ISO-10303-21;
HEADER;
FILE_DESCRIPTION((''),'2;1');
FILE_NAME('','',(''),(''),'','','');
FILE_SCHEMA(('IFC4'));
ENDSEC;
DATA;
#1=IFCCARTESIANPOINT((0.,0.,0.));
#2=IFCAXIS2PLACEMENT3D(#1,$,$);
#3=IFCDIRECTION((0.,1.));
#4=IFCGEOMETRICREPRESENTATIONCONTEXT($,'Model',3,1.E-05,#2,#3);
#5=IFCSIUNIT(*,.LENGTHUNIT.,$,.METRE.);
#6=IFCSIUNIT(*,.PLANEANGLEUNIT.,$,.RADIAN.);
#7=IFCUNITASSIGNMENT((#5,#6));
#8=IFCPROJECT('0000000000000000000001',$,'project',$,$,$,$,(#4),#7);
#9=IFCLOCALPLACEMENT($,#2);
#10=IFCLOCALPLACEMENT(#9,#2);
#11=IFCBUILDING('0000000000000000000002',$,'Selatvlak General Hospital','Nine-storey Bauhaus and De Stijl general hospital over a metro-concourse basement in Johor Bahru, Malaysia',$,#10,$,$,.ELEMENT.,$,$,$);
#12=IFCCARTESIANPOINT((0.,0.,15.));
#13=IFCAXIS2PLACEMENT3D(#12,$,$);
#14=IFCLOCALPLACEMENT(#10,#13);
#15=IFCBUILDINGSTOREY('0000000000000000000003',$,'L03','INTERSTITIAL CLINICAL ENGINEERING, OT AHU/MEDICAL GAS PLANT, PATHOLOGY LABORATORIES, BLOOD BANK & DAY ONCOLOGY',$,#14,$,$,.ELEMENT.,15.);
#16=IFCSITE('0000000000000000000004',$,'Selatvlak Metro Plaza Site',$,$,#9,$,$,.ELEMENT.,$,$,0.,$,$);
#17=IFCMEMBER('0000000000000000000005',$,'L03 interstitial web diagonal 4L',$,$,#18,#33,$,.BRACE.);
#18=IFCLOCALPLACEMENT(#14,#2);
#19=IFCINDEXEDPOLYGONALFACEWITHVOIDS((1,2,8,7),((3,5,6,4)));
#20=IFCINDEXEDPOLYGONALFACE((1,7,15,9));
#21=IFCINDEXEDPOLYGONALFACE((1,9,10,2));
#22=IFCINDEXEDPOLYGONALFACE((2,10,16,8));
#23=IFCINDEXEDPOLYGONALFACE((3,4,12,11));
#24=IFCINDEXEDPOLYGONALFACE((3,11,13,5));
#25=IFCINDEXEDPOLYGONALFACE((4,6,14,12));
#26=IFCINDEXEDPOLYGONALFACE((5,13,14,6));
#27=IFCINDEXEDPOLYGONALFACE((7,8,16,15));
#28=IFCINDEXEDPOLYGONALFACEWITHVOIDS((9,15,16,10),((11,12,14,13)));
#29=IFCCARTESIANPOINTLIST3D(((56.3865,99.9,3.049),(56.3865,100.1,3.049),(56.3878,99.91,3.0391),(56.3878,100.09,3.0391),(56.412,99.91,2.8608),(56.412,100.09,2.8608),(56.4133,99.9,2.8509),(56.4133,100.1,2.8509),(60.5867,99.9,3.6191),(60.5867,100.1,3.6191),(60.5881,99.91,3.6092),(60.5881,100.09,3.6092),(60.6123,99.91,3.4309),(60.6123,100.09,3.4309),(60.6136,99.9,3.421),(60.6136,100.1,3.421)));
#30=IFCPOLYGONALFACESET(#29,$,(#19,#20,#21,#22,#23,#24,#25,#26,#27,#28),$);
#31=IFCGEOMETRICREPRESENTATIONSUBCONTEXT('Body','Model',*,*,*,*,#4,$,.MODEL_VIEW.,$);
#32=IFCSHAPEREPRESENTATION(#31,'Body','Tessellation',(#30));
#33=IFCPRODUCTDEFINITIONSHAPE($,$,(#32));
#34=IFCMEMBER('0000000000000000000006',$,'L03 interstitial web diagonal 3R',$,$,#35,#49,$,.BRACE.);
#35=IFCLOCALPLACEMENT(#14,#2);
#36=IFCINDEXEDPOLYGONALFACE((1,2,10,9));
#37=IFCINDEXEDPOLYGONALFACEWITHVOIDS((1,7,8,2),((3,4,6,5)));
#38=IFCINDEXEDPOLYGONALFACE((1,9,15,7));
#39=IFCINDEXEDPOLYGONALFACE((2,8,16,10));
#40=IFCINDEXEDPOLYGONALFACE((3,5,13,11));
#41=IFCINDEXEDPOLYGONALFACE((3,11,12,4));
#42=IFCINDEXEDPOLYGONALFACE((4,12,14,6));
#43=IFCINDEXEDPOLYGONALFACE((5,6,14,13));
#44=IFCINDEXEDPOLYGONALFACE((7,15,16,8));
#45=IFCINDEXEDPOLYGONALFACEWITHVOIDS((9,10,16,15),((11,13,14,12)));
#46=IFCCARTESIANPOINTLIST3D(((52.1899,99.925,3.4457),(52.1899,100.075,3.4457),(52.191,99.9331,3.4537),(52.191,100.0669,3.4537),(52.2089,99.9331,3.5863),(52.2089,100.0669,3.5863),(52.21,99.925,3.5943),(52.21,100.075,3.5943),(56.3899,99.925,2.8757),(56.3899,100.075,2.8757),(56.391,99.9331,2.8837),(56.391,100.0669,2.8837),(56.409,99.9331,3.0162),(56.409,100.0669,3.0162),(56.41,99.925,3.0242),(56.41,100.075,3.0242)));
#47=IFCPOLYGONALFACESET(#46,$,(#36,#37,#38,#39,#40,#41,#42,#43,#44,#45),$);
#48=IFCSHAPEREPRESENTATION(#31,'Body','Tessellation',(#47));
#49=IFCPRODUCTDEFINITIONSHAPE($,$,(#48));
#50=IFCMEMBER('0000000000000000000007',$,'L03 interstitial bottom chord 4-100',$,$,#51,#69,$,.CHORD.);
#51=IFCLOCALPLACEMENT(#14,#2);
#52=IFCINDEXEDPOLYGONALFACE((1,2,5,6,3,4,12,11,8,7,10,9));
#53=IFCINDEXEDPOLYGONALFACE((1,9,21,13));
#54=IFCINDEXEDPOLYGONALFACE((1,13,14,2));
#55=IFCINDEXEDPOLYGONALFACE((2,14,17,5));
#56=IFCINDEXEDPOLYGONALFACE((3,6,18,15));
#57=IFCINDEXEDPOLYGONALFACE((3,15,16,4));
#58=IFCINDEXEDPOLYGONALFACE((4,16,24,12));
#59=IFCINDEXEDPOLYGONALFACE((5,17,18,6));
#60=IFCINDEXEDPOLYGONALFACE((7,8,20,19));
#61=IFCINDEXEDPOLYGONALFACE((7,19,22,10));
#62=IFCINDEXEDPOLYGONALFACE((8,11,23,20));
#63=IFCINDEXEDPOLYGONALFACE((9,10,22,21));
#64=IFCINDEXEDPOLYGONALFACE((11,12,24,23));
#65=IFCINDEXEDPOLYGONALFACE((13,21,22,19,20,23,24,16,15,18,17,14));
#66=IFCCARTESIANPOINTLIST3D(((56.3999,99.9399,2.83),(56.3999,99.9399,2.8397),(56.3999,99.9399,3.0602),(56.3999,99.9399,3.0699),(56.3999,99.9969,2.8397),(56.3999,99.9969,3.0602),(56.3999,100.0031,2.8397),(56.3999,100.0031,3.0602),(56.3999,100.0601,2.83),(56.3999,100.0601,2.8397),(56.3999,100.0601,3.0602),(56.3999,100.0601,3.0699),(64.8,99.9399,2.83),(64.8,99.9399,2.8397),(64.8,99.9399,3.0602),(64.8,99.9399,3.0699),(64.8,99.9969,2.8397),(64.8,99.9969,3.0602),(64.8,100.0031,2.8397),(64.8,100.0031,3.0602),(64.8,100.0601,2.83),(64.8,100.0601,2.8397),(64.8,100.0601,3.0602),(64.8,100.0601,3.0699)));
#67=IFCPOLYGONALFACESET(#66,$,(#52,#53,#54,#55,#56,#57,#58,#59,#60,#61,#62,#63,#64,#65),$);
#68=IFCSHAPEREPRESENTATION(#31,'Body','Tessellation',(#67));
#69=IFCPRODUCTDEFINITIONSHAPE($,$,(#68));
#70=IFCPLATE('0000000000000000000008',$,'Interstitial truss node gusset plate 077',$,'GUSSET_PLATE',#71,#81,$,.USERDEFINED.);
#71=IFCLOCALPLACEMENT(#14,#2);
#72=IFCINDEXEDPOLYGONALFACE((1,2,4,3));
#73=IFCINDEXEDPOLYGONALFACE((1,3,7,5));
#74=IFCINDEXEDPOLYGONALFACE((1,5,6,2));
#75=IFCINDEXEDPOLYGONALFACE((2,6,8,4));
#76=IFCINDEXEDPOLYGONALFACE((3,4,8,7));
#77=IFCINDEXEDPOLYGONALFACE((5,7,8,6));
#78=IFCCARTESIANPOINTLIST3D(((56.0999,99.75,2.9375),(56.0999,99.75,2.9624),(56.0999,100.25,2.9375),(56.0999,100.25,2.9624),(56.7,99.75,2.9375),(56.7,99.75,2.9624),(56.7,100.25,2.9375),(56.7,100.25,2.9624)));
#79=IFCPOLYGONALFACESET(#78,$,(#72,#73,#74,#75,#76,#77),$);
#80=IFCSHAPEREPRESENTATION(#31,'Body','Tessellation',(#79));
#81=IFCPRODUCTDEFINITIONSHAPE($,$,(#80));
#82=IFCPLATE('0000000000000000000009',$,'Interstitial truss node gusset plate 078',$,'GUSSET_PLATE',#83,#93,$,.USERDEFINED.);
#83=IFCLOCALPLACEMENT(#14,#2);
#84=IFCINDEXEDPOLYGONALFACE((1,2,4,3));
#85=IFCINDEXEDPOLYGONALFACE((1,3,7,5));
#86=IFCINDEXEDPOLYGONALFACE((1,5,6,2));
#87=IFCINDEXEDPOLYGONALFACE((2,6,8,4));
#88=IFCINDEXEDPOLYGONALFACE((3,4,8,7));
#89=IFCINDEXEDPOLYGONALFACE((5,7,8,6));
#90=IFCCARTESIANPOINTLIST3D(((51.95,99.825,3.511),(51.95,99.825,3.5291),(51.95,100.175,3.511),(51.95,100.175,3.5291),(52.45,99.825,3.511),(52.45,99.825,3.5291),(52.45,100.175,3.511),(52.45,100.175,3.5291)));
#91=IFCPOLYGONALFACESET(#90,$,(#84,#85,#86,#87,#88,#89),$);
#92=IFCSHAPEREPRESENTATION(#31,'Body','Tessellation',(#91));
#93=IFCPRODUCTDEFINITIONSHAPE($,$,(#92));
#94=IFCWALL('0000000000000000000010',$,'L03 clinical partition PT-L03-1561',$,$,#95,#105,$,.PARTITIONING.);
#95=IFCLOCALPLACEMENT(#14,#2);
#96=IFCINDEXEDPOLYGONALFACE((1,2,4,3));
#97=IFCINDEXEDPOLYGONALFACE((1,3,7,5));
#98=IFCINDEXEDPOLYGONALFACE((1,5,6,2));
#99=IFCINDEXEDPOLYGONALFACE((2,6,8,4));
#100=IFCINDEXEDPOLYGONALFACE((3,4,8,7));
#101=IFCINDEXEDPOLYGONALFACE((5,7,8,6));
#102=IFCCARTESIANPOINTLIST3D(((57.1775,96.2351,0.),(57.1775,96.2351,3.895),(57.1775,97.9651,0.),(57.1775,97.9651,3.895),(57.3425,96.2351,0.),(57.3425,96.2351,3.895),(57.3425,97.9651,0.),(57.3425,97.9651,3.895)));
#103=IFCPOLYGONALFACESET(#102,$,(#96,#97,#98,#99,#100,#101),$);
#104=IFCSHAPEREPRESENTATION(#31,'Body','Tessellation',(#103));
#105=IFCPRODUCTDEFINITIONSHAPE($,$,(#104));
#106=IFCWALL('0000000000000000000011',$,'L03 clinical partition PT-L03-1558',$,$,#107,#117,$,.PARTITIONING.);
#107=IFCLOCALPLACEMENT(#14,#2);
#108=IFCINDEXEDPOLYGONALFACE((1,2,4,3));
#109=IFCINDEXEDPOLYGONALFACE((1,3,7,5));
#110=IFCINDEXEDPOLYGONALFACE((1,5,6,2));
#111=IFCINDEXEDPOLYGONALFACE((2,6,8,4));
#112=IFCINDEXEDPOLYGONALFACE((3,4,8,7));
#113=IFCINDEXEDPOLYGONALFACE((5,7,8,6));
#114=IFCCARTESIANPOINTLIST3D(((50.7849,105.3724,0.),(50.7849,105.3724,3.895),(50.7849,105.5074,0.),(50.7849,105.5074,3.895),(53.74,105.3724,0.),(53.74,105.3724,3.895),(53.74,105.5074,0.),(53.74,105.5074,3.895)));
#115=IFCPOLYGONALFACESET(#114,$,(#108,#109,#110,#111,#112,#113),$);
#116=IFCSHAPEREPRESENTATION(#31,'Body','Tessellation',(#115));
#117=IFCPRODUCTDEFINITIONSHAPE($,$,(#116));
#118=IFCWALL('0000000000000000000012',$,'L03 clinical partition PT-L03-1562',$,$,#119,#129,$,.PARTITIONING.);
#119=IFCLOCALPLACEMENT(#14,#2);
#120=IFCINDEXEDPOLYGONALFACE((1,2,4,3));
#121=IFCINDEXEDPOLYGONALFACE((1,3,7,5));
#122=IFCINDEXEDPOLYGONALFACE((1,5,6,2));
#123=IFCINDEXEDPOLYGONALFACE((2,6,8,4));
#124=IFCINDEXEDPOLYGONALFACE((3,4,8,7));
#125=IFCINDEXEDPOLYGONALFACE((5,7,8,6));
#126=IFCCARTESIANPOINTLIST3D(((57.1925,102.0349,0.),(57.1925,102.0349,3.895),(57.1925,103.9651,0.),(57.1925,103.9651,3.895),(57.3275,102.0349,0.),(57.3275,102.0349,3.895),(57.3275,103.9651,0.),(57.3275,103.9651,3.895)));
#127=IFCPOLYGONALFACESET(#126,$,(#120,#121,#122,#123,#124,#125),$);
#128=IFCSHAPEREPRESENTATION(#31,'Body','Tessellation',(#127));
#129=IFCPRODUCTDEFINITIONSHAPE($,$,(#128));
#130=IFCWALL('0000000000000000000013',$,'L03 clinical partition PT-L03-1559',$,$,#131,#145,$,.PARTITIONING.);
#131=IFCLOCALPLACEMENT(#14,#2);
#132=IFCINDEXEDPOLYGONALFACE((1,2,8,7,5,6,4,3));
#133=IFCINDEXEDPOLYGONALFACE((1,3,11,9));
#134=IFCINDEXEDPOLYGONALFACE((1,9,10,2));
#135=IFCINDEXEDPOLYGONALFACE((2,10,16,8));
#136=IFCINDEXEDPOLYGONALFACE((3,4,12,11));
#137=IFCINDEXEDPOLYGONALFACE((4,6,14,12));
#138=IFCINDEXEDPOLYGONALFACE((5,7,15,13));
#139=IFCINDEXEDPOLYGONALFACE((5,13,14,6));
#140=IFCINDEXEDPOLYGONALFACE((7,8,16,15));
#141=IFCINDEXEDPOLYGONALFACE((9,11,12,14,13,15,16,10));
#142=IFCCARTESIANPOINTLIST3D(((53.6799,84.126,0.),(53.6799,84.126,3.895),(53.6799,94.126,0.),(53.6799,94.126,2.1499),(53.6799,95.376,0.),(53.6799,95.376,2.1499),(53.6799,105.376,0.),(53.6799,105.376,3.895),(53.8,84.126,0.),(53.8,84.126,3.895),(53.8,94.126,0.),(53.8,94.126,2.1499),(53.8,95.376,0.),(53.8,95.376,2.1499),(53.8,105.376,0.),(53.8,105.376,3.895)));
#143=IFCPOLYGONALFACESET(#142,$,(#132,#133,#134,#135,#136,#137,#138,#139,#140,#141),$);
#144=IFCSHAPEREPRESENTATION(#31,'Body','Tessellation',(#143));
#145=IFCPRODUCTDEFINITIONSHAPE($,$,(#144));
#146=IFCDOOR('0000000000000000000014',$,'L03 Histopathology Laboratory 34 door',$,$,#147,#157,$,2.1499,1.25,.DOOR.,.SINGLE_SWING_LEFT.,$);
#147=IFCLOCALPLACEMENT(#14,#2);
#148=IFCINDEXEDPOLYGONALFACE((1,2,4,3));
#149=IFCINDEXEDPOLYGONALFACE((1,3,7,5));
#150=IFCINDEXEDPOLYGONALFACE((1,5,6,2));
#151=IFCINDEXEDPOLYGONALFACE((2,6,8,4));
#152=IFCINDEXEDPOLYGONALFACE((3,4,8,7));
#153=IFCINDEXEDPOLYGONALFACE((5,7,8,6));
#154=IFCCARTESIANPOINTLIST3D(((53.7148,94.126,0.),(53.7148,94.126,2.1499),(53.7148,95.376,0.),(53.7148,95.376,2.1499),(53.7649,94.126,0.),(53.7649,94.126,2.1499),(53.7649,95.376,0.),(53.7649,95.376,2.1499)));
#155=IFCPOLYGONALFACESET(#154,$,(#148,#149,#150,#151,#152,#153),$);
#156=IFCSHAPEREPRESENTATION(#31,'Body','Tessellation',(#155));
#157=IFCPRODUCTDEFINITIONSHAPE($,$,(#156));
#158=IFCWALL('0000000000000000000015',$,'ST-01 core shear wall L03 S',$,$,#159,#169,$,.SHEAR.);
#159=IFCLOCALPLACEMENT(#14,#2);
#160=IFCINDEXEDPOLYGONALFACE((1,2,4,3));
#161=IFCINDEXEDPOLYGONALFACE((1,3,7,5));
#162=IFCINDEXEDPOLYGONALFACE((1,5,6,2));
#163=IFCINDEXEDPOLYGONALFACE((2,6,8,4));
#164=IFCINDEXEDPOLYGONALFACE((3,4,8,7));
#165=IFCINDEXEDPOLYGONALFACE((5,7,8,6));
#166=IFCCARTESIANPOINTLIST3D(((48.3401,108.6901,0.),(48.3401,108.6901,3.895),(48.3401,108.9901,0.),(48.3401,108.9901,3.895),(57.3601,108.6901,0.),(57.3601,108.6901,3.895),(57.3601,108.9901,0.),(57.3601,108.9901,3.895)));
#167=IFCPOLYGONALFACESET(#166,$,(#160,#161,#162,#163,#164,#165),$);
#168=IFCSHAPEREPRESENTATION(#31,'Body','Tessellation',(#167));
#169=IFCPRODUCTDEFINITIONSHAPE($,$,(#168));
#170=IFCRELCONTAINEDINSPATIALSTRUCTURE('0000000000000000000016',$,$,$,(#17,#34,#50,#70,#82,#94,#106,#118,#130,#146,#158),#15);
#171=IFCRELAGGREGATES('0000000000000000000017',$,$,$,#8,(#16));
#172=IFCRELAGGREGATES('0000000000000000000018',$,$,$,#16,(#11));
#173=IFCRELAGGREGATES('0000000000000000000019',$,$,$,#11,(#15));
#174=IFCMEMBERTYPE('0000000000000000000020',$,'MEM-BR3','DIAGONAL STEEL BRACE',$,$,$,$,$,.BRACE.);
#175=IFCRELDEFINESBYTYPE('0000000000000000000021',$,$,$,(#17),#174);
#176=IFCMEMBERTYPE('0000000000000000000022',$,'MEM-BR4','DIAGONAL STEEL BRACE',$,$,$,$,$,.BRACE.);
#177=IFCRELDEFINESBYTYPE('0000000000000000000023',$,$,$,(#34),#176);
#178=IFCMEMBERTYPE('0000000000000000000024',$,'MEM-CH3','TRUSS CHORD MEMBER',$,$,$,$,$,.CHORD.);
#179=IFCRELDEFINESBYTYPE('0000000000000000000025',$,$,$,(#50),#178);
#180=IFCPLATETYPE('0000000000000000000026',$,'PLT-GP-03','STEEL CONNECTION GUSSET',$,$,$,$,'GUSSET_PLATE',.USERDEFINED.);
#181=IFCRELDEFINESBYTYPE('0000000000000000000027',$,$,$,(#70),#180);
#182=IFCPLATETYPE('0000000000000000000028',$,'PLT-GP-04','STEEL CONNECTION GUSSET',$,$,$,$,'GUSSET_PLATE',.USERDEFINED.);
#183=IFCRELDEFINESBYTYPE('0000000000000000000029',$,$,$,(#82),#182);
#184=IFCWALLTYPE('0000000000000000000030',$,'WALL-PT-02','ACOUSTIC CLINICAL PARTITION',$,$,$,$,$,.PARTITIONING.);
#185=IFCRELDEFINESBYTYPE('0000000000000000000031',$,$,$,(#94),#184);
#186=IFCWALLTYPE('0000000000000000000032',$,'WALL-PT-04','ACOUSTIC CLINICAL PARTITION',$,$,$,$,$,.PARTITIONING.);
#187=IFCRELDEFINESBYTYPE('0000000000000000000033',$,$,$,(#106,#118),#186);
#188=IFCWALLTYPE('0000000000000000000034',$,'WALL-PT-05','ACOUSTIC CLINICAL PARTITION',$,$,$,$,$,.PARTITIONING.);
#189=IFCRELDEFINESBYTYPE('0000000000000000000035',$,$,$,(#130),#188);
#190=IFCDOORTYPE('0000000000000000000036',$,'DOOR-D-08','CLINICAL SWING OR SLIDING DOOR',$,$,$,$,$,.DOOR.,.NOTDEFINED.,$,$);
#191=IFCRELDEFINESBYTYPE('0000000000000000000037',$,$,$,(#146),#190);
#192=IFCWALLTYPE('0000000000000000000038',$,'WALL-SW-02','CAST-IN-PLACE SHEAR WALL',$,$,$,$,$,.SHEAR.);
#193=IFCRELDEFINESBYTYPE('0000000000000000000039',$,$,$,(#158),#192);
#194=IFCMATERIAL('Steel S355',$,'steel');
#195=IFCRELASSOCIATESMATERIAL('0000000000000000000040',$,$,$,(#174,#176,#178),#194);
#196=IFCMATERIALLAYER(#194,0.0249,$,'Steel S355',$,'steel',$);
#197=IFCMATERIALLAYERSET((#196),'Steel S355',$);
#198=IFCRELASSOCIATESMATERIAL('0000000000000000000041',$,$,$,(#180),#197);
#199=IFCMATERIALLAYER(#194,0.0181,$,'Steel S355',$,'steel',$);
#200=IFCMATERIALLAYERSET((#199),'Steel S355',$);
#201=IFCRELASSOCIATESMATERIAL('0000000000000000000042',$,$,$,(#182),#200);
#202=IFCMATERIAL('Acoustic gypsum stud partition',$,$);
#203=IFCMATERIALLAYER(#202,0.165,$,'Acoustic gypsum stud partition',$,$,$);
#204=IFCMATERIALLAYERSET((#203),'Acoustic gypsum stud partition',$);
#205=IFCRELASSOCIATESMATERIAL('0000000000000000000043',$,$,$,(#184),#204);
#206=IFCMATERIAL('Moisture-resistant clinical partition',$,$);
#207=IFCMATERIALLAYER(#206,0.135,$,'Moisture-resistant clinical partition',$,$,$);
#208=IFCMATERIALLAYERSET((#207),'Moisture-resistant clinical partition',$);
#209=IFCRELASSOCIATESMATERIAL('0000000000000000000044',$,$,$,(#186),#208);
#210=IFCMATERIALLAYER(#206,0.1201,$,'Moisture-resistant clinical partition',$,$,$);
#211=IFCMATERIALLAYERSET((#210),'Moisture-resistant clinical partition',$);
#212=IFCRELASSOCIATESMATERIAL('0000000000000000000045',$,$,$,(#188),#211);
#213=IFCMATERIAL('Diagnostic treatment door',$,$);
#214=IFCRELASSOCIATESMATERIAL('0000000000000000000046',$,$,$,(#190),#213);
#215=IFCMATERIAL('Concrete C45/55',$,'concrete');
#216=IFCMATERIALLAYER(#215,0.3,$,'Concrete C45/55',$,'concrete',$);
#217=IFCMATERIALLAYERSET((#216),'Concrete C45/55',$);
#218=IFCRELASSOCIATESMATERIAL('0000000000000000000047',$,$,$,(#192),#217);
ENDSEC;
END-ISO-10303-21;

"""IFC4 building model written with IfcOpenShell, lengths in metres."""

from ifc_helpers import new_model, si_unit, direction, frame, frame_2d, origin, origin_2d, place, context, subcontext, project, spatial, rectangle, hollow_rectangle, i_section, extrude, material, layer, layer_set, material_profile, profile_set, type_object, element, fill, save


model = new_model("IFC4")

# Units and contexts
model_context = context("Model", 3, precision=1e-05, world=origin(), true_north=direction((0.0, 1.0)))
body_context = subcontext(model_context, "Body", "Model", "MODEL_VIEW")
ifc_project = project(units=[si_unit("LENGTHUNIT", "METRE"), si_unit("PLANEANGLEUNIT", "RADIAN")], contexts=[model_context])

# Site, building, storey
site_placement = place(None, origin())
site = spatial("IfcSite", under=ifc_project, at=site_placement, Name="Selatvlak Metro Plaza Site", CompositionType="ELEMENT", RefElevation=0.0)
building_placement = place(site_placement, origin())
building = spatial("IfcBuilding", under=site, at=building_placement, Name="Selatvlak General Hospital", Description="Nine-storey Bauhaus and De Stijl general hospital over a metro-concourse basement in Johor Bahru, Malaysia", CompositionType="ELEMENT")
storey_placement = place(building_placement, frame((0.0, 0.0, 15.0)))
storey = spatial("IfcBuildingStorey", under=building, at=storey_placement, Name="L03", Description="INTERSTITIAL CLINICAL ENGINEERING, OT AHU/MEDICAL GAS PLANT, PATHOLOGY LABORATORIES, BLOOD BANK & DAY ONCOLOGY", CompositionType="ELEMENT", Elevation=15.0)

# Members
ifc_material_1 = material(Name="Steel S355", Category="steel")
ifc_material_profile_1 = material_profile(ifc_material_1, hollow_rectangle(XDim=0.2, YDim=0.2, WallThickness=0.01, at=origin_2d()), Name="SHS 200x200x10")
ifc_profile_set_1 = profile_set([ifc_material_profile_1], Name="Steel S355")
member_type_1 = type_object("IfcMemberType", Name="MEM-BR3", Description="DIAGONAL STEEL BRACE", PredefinedType="BRACE", material=ifc_profile_set_1)
member_1_placement = place(storey_placement, frame((56.3999, 100.0, 2.95), z_axis=(0.990915, 0.0, 0.134491), x_axis=(0.0, 1.0, 0.0)))
element("IfcMember", 1, at=member_1_placement, inside=storey, type_object=member_type_1, Name="L03 interstitial web diagonal 4L", PredefinedType="BRACE", context=body_context, shape_type="SweptSolid", body=[
    extrude(hollow_rectangle(XDim=0.2, YDim=0.2, WallThickness=0.01, at=origin_2d()), origin(), (0.0, 0.0, 1.0), 4.2388),
])
ifc_material_profile_2 = material_profile(ifc_material_1, hollow_rectangle(XDim=0.1499, YDim=0.1499, WallThickness=0.0081, at=origin_2d()), Name="SHS 150x150x8")
ifc_profile_set_2 = profile_set([ifc_material_profile_2], Name="Steel S355")
member_type_2 = type_object("IfcMemberType", Name="MEM-BR4", Description="DIAGONAL STEEL BRACE", PredefinedType="BRACE", material=ifc_profile_set_2)
member_2_placement = place(storey_placement, frame((52.2, 100.0, 3.52), z_axis=(0.990914, 0.0, -0.134499), x_axis=(0.0, 1.0, 0.0)))
element("IfcMember", 2, at=member_2_placement, inside=storey, type_object=member_type_2, Name="L03 interstitial web diagonal 3R", PredefinedType="BRACE", context=body_context, shape_type="SweptSolid", body=[
    extrude(hollow_rectangle(XDim=0.1499, YDim=0.1499, WallThickness=0.0081, at=origin_2d()), origin(), (0.0, 0.0, 1.0), 4.2385),
])
ifc_material_profile_3 = material_profile(ifc_material_1, i_section(OverallWidth=0.1201, OverallDepth=0.24, WebThickness=0.0061, FlangeThickness=0.0098, at=origin_2d()), Name="IPE 240")
ifc_profile_set_3 = profile_set([ifc_material_profile_3], Name="Steel S355")
member_type_3 = type_object("IfcMemberType", Name="MEM-CH3", Description="TRUSS CHORD MEMBER", PredefinedType="CHORD", material=ifc_profile_set_3)
member_3_placement = place(storey_placement, frame((56.3999, 100.0, 2.95), z_axis=(1.0, 0.0, 0.0), x_axis=(0.0, 1.0, 0.0)))
element("IfcMember", 3, at=member_3_placement, inside=storey, type_object=member_type_3, Name="L03 interstitial bottom chord 4-100", PredefinedType="CHORD", context=body_context, shape_type="SweptSolid", body=[
    extrude(i_section(OverallWidth=0.1201, OverallDepth=0.24, WebThickness=0.0061, FlangeThickness=0.0098, at=origin_2d()), origin(), (0.0, 0.0, 1.0), 8.4001),
])

# Plates
ifc_layer_1 = layer(ifc_material_1, 0.0249, Name="Steel S355", Category="steel")
ifc_layer_set_1 = layer_set([ifc_layer_1], Name="Steel S355")
plate_type_1 = type_object("IfcPlateType", Name="PLT-GP-03", Description="STEEL CONNECTION GUSSET", ElementType="GUSSET_PLATE", PredefinedType="USERDEFINED", material=ifc_layer_set_1)
plate_1_placement = place(storey_placement, frame((56.3999, 100.0, 2.9375), z_axis=(0.0, 0.0, 1.0), x_axis=(1.0, 0.0, 0.0)))
element("IfcPlate", 4, at=plate_1_placement, inside=storey, type_object=plate_type_1, Name="Interstitial truss node gusset plate 077", ObjectType="GUSSET_PLATE", PredefinedType="USERDEFINED", context=body_context, shape_type="SweptSolid", body=[
    extrude(rectangle(XDim=0.6001, YDim=0.5, at=origin_2d()), origin(), (0.0, 0.0, 1.0), 0.0249),
])
ifc_layer_2 = layer(ifc_material_1, 0.0181, Name="Steel S355", Category="steel")
ifc_layer_set_2 = layer_set([ifc_layer_2], Name="Steel S355")
plate_type_2 = type_object("IfcPlateType", Name="PLT-GP-04", Description="STEEL CONNECTION GUSSET", ElementType="GUSSET_PLATE", PredefinedType="USERDEFINED", material=ifc_layer_set_2)
plate_2_placement = place(storey_placement, frame((52.2, 100.0, 3.511), z_axis=(0.0, 0.0, 1.0), x_axis=(1.0, 0.0, 0.0)))
element("IfcPlate", 5, at=plate_2_placement, inside=storey, type_object=plate_type_2, Name="Interstitial truss node gusset plate 078", ObjectType="GUSSET_PLATE", PredefinedType="USERDEFINED", context=body_context, shape_type="SweptSolid", body=[
    extrude(rectangle(XDim=0.5, YDim=0.3501, at=origin_2d()), origin(), (0.0, 0.0, 1.0), 0.0181),
])

# Shared definitions
ifc_material_2 = material(Name="Acoustic gypsum stud partition")

# Walls
ifc_layer_3 = layer(ifc_material_2, 0.165, Name="Acoustic gypsum stud partition")
ifc_layer_set_3 = layer_set([ifc_layer_3], Name="Acoustic gypsum stud partition")
wall_type_1 = type_object("IfcWallType", Name="WALL-PT-02", Description="ACOUSTIC CLINICAL PARTITION", PredefinedType="PARTITIONING", material=ifc_layer_set_3)
wall_1_placement = place(storey_placement, frame((57.26, 96.2351, 0.0), z_axis=(0.0, 0.0, 1.0), x_axis=(0.0, 1.0, 0.0)))
element("IfcWall", 6, at=wall_1_placement, inside=storey, type_object=wall_type_1, Name="L03 clinical partition PT-L03-1561", PredefinedType="PARTITIONING", context=body_context, shape_type="SweptSolid", body=[
    extrude(rectangle(XDim=1.73, YDim=0.165, at=frame_2d((0.865, 0.0))), origin(), (0.0, 0.0, 1.0), 3.895),
])
ifc_material_3 = material(Name="Moisture-resistant clinical partition")
ifc_layer_4 = layer(ifc_material_3, 0.135, Name="Moisture-resistant clinical partition")
ifc_layer_set_4 = layer_set([ifc_layer_4], Name="Moisture-resistant clinical partition")
wall_type_2 = type_object("IfcWallType", Name="WALL-PT-04", Description="ACOUSTIC CLINICAL PARTITION", PredefinedType="PARTITIONING", material=ifc_layer_set_4)
wall_2_placement = place(storey_placement, frame((50.7849, 105.4399, 0.0), z_axis=(0.0, 0.0, 1.0), x_axis=(1.0, 0.0, 0.0)))
element("IfcWall", 7, at=wall_2_placement, inside=storey, type_object=wall_type_2, Name="L03 clinical partition PT-L03-1558", PredefinedType="PARTITIONING", context=body_context, shape_type="SweptSolid", body=[
    extrude(rectangle(XDim=2.9551, YDim=0.135, at=frame_2d((1.4775, 0.0))), origin(), (0.0, 0.0, 1.0), 3.895),
])
wall_3_placement = place(storey_placement, frame((57.26, 102.0349, 0.0), z_axis=(0.0, 0.0, 1.0), x_axis=(0.0, 1.0, 0.0)))
element("IfcWall", 8, at=wall_3_placement, inside=storey, type_object=wall_type_2, Name="L03 clinical partition PT-L03-1562", PredefinedType="PARTITIONING", context=body_context, shape_type="SweptSolid", body=[
    extrude(rectangle(XDim=1.9302, YDim=0.135, at=frame_2d((0.9651, 0.0))), origin(), (0.0, 0.0, 1.0), 3.895),
])

# Wall, opening, door
ifc_layer_5 = layer(ifc_material_3, 0.1201, Name="Moisture-resistant clinical partition")
ifc_layer_set_5 = layer_set([ifc_layer_5], Name="Moisture-resistant clinical partition")
wall_type_3 = type_object("IfcWallType", Name="WALL-PT-05", Description="ACOUSTIC CLINICAL PARTITION", PredefinedType="PARTITIONING", material=ifc_layer_set_5)
wall_4_placement = place(storey_placement, frame((53.74, 105.376, 0.0), z_axis=(0.0, 0.0, 1.0), x_axis=(0.0, -1.0, 0.0)))
wall_4 = element("IfcWall", 9, at=wall_4_placement, inside=storey, type_object=wall_type_3, Name="L03 clinical partition PT-L03-1559", PredefinedType="PARTITIONING", context=body_context, shape_type="SweptSolid", body=[
    extrude(rectangle(XDim=21.25, YDim=0.1201, at=frame_2d((10.625, 0.0))), origin(), (0.0, 0.0, 1.0), 3.895),
])
opening_1_placement = place(wall_4_placement, frame((10.0, 0.0, 0.0)))
opening_1 = element("IfcOpeningElement", 10, at=opening_1_placement, cuts=wall_4, PredefinedType="OPENING", context=body_context, shape_type="SweptSolid", body=[
    extrude(rectangle(XDim=1.25, YDim=2.1499, at=frame_2d((0.625, 1.075))), frame((0.0, 0.0701, 0.0), z_axis=(0.0, -1.0, 0.0), x_axis=(1.0, 0.0, 0.0)), (0.0, 0.0, 1.0), 0.1401),
])
ifc_material_4 = material(Name="Diagnostic treatment door")
door_type_1 = type_object("IfcDoorType", Name="DOOR-D-08", Description="CLINICAL SWING OR SLIDING DOOR", OperationType="NOTDEFINED", PredefinedType="DOOR", material=ifc_material_4)
door_1_placement = place(opening_1_placement, origin())
door_1 = element("IfcDoor", 11, at=door_1_placement, inside=storey, type_object=door_type_1, Name="L03 Histopathology Laboratory 34 door", OperationType="SINGLE_SWING_LEFT", OverallHeight=2.1499, OverallWidth=1.25, PredefinedType="DOOR", context=body_context, shape_type="SweptSolid", body=[
    extrude(rectangle(XDim=1.25, YDim=2.1499, at=frame_2d((0.625, 1.075))), frame((0.0, 0.0249, 0.0), z_axis=(0.0, -1.0, 0.0), x_axis=(1.0, 0.0, 0.0)), (0.0, 0.0, 1.0), 0.05),
])
fill(opening_1, door_1)

# Wall
ifc_material_5 = material(Name="Concrete C45/55", Category="concrete")
ifc_layer_6 = layer(ifc_material_5, 0.3, Name="Concrete C45/55", Category="concrete")
ifc_layer_set_6 = layer_set([ifc_layer_6], Name="Concrete C45/55")
wall_type_4 = type_object("IfcWallType", Name="WALL-SW-02", Description="CAST-IN-PLACE SHEAR WALL", PredefinedType="SHEAR", material=ifc_layer_set_6)
wall_5_placement = place(storey_placement, frame((48.3401, 108.8401, 0.0), z_axis=(0.0, 0.0, 1.0), x_axis=(1.0, 0.0, 0.0)))
element("IfcWall", 12, at=wall_5_placement, inside=storey, type_object=wall_type_4, Name="ST-01 core shear wall L03 S", PredefinedType="SHEAR", context=body_context, shape_type="SweptSolid", body=[
    extrude(rectangle(XDim=9.02, YDim=0.3, at=frame_2d((4.51, 0.0))), origin(), (0.0, 0.0, 1.0), 3.895),
])

save(model, "model.ifc")
